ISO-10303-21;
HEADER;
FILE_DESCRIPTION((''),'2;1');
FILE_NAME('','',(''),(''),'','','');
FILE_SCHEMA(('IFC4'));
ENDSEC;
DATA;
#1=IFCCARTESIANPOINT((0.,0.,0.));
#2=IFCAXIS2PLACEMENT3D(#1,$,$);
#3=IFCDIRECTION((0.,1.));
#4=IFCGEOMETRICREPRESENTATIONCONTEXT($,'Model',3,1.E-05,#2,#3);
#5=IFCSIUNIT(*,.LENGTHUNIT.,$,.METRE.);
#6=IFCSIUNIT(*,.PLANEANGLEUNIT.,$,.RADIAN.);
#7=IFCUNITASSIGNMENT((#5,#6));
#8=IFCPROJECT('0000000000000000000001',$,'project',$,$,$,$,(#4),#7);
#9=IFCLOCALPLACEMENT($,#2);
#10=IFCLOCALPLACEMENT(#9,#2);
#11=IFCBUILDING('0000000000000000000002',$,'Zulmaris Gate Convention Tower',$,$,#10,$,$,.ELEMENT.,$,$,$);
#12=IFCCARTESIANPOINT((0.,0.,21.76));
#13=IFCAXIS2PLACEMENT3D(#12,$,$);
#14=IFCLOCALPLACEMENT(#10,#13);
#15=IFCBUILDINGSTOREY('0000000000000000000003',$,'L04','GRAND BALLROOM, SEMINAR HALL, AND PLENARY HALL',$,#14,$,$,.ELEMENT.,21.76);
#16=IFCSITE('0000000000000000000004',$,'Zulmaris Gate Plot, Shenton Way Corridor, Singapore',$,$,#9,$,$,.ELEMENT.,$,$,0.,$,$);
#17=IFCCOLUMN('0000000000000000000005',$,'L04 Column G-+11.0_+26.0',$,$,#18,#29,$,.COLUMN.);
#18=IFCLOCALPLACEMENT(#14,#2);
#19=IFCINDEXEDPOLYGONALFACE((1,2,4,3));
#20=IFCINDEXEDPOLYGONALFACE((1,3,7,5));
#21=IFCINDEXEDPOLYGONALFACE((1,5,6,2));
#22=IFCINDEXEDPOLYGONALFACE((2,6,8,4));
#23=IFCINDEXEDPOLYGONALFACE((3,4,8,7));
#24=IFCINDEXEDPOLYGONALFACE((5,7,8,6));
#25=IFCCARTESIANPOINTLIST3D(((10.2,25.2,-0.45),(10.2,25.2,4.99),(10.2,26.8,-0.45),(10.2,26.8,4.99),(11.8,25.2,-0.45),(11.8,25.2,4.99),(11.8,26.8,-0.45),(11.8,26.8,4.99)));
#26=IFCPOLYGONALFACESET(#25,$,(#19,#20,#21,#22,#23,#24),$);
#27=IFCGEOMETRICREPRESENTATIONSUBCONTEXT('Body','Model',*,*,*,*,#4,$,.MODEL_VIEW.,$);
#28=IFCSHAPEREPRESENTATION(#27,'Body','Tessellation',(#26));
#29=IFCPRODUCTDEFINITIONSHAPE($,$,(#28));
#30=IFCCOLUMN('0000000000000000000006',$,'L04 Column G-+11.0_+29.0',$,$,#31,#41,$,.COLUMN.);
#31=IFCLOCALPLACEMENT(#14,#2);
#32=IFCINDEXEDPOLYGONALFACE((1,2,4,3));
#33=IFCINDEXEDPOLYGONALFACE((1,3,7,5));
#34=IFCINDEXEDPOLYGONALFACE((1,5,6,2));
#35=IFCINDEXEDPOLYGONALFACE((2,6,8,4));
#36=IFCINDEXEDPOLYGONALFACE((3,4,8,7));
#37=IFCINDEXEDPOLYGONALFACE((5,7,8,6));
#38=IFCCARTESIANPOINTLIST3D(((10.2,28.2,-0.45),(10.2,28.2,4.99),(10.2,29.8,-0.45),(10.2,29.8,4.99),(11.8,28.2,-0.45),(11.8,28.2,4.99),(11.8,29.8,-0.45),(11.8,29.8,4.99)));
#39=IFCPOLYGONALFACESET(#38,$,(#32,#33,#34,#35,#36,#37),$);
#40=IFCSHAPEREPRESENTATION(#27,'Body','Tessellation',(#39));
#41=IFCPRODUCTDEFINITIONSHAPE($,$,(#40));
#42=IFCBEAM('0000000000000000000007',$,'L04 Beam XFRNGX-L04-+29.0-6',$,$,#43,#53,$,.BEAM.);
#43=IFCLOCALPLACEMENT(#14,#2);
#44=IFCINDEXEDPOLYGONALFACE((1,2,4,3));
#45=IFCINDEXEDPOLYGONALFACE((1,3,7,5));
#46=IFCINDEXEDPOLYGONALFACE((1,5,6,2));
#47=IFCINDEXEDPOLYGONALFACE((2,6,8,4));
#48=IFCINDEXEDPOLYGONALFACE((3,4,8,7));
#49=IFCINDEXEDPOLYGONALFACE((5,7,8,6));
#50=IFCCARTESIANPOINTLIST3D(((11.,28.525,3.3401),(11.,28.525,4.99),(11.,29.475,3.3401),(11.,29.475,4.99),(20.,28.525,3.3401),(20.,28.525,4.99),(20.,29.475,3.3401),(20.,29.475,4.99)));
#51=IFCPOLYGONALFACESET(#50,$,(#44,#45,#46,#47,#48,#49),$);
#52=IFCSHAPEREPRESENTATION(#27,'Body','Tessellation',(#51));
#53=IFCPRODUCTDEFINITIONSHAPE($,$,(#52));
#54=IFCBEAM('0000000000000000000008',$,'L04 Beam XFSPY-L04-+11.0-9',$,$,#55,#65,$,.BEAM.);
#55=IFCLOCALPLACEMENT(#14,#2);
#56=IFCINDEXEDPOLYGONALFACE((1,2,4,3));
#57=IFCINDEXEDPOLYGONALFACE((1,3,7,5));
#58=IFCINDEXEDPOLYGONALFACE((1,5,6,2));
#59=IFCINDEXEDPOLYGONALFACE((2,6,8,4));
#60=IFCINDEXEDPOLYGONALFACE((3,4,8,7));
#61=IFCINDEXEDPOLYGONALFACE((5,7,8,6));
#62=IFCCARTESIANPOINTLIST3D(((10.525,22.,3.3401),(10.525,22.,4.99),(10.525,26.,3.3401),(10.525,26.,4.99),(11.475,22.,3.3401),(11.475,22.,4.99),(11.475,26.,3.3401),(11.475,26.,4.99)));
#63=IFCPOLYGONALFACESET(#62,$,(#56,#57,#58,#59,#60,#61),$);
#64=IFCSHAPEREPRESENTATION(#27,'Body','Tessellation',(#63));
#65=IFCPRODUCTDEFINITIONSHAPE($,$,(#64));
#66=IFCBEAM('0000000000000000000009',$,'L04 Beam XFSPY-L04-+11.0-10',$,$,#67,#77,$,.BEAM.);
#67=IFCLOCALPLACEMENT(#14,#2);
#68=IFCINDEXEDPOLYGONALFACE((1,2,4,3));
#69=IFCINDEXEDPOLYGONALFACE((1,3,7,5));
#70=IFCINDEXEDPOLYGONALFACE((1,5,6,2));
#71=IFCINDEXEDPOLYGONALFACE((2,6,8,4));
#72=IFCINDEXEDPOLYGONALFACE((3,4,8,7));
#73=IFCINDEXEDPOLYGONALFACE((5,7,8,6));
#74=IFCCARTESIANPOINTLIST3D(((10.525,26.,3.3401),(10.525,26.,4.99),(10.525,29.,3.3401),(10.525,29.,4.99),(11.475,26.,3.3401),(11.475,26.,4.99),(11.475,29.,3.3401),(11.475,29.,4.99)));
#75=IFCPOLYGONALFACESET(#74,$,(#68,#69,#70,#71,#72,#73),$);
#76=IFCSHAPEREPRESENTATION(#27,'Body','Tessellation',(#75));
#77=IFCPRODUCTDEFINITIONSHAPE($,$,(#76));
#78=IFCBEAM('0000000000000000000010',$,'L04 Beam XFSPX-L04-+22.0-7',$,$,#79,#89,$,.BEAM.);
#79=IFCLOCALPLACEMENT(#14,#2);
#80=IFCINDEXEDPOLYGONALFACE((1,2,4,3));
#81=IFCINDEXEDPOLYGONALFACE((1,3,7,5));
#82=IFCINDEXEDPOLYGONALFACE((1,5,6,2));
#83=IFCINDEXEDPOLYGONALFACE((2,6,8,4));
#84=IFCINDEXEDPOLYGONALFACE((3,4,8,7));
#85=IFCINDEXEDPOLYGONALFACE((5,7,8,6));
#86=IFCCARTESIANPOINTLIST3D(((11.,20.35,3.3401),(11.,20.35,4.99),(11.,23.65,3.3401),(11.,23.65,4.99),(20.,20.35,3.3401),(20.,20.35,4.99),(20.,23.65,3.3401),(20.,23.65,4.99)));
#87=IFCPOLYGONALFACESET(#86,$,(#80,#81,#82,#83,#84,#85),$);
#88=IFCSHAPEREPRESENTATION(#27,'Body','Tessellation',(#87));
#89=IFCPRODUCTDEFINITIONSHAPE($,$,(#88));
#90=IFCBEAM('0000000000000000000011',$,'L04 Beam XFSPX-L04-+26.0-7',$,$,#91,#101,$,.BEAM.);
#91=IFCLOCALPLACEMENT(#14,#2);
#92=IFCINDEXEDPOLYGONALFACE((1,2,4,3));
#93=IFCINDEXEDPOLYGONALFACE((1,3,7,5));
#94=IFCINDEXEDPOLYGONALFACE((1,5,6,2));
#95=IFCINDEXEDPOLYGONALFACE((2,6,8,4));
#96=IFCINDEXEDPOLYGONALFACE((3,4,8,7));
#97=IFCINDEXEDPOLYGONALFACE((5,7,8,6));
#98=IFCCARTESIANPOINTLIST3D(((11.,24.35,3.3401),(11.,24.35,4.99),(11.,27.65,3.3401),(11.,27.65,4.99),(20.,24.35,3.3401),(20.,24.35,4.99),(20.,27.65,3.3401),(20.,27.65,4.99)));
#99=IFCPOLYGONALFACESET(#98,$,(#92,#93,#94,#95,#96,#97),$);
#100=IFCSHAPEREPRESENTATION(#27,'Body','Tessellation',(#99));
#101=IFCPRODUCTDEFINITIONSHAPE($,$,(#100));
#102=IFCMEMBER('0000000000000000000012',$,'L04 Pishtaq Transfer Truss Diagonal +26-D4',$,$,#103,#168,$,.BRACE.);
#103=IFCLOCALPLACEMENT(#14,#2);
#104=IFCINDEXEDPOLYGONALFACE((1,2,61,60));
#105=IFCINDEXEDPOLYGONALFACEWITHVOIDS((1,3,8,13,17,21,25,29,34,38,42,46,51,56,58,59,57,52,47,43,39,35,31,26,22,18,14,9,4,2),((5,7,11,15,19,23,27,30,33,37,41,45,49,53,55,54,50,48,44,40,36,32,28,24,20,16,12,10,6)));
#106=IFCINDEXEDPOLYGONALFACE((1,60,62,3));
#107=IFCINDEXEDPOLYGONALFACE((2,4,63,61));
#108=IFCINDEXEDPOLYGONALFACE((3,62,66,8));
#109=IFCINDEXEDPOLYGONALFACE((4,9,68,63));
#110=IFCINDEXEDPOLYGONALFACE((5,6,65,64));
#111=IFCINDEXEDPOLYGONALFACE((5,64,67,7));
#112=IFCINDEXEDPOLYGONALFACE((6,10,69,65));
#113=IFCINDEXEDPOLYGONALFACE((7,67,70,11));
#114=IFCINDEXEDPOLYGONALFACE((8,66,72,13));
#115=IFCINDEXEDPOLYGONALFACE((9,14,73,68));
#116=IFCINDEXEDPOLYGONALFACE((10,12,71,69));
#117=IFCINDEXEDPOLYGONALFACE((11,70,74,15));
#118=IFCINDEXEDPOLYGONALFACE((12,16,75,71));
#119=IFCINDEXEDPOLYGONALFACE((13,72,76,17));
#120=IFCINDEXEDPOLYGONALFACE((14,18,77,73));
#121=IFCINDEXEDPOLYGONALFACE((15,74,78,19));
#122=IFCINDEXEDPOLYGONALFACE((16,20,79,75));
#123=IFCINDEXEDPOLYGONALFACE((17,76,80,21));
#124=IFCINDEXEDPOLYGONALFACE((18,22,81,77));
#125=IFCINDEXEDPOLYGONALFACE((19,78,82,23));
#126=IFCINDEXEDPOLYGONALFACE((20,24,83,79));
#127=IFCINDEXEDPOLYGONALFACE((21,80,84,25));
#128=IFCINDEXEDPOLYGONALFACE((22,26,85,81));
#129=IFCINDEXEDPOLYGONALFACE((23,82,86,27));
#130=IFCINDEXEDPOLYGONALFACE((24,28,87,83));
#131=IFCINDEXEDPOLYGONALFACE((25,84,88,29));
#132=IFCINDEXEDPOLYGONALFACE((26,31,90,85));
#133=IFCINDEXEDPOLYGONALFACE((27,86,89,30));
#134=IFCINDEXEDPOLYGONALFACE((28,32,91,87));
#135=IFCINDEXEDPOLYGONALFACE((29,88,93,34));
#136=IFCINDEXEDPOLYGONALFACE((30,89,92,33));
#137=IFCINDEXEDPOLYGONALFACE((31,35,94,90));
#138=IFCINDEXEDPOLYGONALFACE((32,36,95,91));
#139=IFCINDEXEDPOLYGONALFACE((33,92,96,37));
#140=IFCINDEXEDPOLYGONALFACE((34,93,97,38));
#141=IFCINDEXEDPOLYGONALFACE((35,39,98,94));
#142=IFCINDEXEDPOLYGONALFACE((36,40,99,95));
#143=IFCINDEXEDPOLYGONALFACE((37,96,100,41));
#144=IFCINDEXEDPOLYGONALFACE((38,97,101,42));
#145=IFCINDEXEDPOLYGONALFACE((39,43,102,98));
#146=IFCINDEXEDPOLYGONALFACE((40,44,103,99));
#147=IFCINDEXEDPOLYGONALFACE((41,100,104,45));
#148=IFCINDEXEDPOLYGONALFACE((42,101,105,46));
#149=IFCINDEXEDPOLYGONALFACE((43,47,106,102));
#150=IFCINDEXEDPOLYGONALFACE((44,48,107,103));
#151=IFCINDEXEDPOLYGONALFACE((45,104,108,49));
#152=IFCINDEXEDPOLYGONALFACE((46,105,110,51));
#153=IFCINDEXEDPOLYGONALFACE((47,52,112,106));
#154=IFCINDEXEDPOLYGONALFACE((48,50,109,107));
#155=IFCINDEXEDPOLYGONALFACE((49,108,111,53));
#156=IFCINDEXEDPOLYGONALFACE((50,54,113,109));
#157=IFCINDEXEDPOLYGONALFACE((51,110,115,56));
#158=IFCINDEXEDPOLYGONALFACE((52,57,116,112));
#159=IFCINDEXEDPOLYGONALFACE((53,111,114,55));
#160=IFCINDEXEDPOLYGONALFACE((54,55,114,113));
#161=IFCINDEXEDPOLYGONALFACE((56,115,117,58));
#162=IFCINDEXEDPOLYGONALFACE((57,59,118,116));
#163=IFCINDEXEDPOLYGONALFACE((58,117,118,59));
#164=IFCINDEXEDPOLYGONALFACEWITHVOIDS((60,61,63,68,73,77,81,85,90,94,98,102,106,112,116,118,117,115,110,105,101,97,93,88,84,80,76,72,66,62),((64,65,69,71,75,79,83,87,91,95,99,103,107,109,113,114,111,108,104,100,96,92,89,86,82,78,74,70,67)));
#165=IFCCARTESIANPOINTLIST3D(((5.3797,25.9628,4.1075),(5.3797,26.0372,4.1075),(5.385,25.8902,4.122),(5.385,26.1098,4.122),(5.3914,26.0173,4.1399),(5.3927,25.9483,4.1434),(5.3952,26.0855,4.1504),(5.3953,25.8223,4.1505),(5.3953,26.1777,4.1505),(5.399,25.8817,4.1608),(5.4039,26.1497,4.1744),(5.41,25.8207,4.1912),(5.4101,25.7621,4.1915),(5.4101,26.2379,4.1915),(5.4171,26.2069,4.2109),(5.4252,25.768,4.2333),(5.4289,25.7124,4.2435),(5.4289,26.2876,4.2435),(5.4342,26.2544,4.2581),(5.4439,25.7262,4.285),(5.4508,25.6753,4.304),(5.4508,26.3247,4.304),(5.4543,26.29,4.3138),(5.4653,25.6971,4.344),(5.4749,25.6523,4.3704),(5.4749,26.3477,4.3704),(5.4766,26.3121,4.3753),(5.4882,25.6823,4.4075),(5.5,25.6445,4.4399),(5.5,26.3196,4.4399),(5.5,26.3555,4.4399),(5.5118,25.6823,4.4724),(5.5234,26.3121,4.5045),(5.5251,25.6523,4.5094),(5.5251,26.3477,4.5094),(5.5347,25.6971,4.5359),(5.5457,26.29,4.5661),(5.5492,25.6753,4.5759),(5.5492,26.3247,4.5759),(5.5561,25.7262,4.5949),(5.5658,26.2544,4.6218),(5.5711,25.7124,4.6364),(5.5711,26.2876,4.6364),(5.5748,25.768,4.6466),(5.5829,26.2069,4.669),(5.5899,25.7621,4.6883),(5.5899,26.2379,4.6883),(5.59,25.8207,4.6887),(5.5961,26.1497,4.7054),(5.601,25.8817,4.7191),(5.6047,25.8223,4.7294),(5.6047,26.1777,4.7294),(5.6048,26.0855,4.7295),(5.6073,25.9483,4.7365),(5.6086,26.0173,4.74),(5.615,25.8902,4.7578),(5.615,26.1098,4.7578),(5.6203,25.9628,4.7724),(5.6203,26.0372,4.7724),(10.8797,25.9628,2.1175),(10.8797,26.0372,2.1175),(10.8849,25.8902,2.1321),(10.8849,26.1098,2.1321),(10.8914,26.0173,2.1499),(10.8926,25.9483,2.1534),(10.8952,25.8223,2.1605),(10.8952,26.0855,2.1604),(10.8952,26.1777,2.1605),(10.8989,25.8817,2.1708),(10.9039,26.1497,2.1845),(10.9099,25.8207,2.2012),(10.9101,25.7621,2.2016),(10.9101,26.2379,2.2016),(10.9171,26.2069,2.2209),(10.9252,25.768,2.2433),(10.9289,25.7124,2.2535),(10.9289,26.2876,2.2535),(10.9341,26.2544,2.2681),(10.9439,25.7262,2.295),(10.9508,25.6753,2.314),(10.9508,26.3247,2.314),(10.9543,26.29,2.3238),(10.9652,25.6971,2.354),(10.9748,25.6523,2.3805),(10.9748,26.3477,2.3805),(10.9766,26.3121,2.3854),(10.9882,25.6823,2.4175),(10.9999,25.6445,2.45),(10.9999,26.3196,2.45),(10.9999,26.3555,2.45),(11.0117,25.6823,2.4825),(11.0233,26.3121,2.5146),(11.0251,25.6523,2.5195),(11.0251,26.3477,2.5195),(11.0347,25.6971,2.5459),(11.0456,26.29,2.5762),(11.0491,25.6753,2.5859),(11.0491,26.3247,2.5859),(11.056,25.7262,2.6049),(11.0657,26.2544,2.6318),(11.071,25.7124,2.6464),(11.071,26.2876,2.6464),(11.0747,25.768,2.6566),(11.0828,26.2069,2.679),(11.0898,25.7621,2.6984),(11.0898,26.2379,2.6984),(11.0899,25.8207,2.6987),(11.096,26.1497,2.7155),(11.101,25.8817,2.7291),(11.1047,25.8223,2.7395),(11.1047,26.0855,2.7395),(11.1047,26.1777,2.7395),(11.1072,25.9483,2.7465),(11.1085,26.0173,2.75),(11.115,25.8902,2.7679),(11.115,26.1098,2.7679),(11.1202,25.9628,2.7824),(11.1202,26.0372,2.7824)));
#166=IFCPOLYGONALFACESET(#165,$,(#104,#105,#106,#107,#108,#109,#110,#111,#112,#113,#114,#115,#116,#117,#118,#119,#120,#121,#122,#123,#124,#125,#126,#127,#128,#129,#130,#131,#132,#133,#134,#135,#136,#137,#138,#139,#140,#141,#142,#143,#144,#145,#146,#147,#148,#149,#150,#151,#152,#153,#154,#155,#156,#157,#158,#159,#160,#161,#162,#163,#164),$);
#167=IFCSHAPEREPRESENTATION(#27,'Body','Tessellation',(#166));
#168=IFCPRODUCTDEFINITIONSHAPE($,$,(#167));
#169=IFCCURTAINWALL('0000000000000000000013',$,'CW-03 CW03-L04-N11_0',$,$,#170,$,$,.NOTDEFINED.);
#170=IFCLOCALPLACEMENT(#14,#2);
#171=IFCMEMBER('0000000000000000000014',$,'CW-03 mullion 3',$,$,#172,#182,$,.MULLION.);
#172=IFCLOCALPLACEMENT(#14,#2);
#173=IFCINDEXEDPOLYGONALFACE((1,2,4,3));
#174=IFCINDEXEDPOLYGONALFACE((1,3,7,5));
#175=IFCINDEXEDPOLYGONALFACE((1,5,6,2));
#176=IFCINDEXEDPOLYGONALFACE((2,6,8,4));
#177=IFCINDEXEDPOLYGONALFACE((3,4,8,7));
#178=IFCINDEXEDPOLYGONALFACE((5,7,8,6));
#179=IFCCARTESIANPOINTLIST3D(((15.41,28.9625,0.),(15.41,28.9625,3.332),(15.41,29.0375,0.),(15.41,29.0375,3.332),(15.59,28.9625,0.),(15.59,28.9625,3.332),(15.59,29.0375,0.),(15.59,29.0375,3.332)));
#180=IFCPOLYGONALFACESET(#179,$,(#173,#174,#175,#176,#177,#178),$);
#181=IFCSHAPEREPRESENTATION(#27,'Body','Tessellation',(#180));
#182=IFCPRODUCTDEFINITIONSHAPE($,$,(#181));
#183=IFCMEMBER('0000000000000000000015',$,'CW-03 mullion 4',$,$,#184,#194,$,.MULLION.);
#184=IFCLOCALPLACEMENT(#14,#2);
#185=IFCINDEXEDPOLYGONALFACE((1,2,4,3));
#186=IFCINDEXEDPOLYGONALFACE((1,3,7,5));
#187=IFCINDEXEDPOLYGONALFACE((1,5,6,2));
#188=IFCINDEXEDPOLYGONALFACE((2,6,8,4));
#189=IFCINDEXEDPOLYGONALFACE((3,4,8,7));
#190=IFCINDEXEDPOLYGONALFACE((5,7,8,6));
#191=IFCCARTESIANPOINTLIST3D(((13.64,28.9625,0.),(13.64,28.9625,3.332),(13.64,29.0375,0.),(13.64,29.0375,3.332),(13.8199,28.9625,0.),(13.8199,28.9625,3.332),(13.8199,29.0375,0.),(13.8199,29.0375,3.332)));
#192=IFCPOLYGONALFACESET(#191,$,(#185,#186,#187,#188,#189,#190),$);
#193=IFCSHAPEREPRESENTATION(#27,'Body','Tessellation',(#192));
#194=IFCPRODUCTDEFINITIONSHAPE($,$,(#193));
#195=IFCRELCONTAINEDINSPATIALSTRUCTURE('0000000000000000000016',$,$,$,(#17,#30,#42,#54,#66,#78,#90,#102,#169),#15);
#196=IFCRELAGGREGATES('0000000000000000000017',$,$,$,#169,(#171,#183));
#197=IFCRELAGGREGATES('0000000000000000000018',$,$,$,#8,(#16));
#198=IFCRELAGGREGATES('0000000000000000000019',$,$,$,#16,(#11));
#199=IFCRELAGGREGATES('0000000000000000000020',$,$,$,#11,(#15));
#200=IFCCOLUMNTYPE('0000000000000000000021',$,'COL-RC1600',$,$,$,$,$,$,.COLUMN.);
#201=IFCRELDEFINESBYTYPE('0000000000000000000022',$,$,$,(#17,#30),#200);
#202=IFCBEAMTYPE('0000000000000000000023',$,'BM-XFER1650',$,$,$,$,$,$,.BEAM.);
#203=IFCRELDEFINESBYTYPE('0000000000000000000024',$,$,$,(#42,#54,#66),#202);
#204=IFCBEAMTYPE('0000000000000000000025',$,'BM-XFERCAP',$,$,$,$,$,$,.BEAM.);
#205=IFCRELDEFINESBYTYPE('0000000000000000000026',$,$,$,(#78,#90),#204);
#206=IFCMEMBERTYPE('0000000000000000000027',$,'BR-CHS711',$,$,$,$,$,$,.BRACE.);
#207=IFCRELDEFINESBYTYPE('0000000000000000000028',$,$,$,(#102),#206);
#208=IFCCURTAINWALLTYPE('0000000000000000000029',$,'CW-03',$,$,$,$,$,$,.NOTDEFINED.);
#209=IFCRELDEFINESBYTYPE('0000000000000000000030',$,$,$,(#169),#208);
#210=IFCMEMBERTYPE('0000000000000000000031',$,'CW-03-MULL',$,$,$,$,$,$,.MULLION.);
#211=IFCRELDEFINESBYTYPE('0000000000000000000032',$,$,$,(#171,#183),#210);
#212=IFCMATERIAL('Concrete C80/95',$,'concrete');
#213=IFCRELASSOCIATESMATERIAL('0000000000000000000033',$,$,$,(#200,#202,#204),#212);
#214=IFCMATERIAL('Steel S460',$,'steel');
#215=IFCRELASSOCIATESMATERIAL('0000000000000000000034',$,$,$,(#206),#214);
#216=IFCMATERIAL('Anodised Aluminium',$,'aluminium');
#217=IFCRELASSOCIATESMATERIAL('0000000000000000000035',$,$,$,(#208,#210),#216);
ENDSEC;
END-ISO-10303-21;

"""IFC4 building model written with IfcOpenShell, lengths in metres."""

from ifc_helpers import new_model, si_unit, direction, frame, origin, origin_2d, place, context, subcontext, project, spatial, rectangle, hollow_circle, extrude, material, material_profile, profile_set, type_object, element, aggregate, save


model = new_model("IFC4")

# Units and contexts
model_context = context("Model", 3, precision=1e-05, world=origin(), true_north=direction((0.0, 1.0)))
body_context = subcontext(model_context, "Body", "Model", "MODEL_VIEW")
ifc_project = project(units=[si_unit("LENGTHUNIT", "METRE"), si_unit("PLANEANGLEUNIT", "RADIAN")], contexts=[model_context])

# Site, building, storey
site_placement = place(None, origin())
site = spatial("IfcSite", under=ifc_project, at=site_placement, Name="Zulmaris Gate Plot, Shenton Way Corridor, Singapore", CompositionType="ELEMENT", RefElevation=0.0)
building_placement = place(site_placement, origin())
building = spatial("IfcBuilding", under=site, at=building_placement, Name="Zulmaris Gate Convention Tower", CompositionType="ELEMENT")
storey_placement = place(building_placement, frame((0.0, 0.0, 21.76)))
storey = spatial("IfcBuildingStorey", under=building, at=storey_placement, Name="L04", Description="GRAND BALLROOM, SEMINAR HALL, AND PLENARY HALL", CompositionType="ELEMENT", Elevation=21.76)

# Columns
ifc_material_1 = material(Name="Concrete C80/95", Category="concrete")
ifc_material_profile_1 = material_profile(ifc_material_1, rectangle(XDim=1.6001, YDim=1.6001, at=origin_2d()), Name="RC COL 1600x1600")
ifc_profile_set_1 = profile_set([ifc_material_profile_1], Name="Concrete C80/95")
column_type = type_object("IfcColumnType", Name="COL-RC1600", PredefinedType="COLUMN", material=ifc_profile_set_1)
for number, where, z_axis, x_axis, name in (
    (1, (11.0, 26.0, -0.45), (0.0, 0.0, 1.0), (1.0, 0.0, 0.0), "L04 Column G-+11.0_+26.0"),
    (2, (11.0, 29.0, -0.45), (0.0, 0.0, 1.0), (1.0, 0.0, 0.0), "L04 Column G-+11.0_+29.0"),
):
    element("IfcColumn", number, at=place(storey_placement, frame(where, z_axis=z_axis, x_axis=x_axis)), inside=storey, type_object=column_type, Name=name, PredefinedType="COLUMN", context=body_context, shape_type="SweptSolid", body=[
        extrude(rectangle(XDim=1.6001, YDim=1.6001, at=origin_2d()), origin(), (0.0, 0.0, 1.0), 5.4399),
    ])

# Beams
ifc_material_profile_2 = material_profile(ifc_material_1, rectangle(XDim=0.95, YDim=1.6499, at=origin_2d()), Name="RC TRANSFER 950x1650")
ifc_profile_set_2 = profile_set([ifc_material_profile_2], Name="Concrete C80/95")
beam_type_1 = type_object("IfcBeamType", Name="BM-XFER1650", PredefinedType="BEAM", material=ifc_profile_set_2)
beam_1_placement = place(storey_placement, frame((11.0, 29.0, 4.165), z_axis=(1.0, 0.0, 0.0), x_axis=(0.0, 1.0, 0.0)))
element("IfcBeam", 3, at=beam_1_placement, inside=storey, type_object=beam_type_1, Name="L04 Beam XFRNGX-L04-+29.0-6", PredefinedType="BEAM", context=body_context, shape_type="SweptSolid", body=[
    extrude(rectangle(XDim=0.95, YDim=1.6499, at=origin_2d()), origin(), (0.0, 0.0, 1.0), 9.0),
])
beam_2_placement = place(storey_placement, frame((11.0, 22.0, 4.165), z_axis=(0.0, 1.0, 0.0), x_axis=(-1.0, 0.0, 0.0)))
element("IfcBeam", 4, at=beam_2_placement, inside=storey, type_object=beam_type_1, Name="L04 Beam XFSPY-L04-+11.0-9", PredefinedType="BEAM", context=body_context, shape_type="SweptSolid", body=[
    extrude(rectangle(XDim=0.95, YDim=1.6499, at=origin_2d()), origin(), (0.0, 0.0, 1.0), 4.0),
])
beam_3_placement = place(storey_placement, frame((11.0, 26.0, 4.165), z_axis=(0.0, 1.0, 0.0), x_axis=(-1.0, 0.0, 0.0)))
element("IfcBeam", 5, at=beam_3_placement, inside=storey, type_object=beam_type_1, Name="L04 Beam XFSPY-L04-+11.0-10", PredefinedType="BEAM", context=body_context, shape_type="SweptSolid", body=[
    extrude(rectangle(XDim=0.95, YDim=1.6499, at=origin_2d()), origin(), (0.0, 0.0, 1.0), 3.0),
])
ifc_material_profile_3 = material_profile(ifc_material_1, rectangle(XDim=3.3, YDim=1.6499, at=origin_2d()), Name="RC TRANSFER 3300x1650")
ifc_profile_set_3 = profile_set([ifc_material_profile_3], Name="Concrete C80/95")
beam_type_2 = type_object("IfcBeamType", Name="BM-XFERCAP", PredefinedType="BEAM", material=ifc_profile_set_3)
for number, where, z_axis, x_axis, name in (
    (6, (11.0, 22.0, 4.165), (1.0, 0.0, 0.0), (0.0, 1.0, 0.0), "L04 Beam XFSPX-L04-+22.0-7"),
    (7, (11.0, 26.0, 4.165), (1.0, 0.0, 0.0), (0.0, 1.0, 0.0), "L04 Beam XFSPX-L04-+26.0-7"),
):
    element("IfcBeam", number, at=place(storey_placement, frame(where, z_axis=z_axis, x_axis=x_axis)), inside=storey, type_object=beam_type_2, Name=name, PredefinedType="BEAM", context=body_context, shape_type="SweptSolid", body=[
        extrude(rectangle(XDim=3.3, YDim=1.6499, at=origin_2d()), origin(), (0.0, 0.0, 1.0), 9.0),
    ])

# Member
ifc_material_2 = material(Name="Steel S460", Category="steel")
ifc_material_profile_4 = material_profile(ifc_material_2, hollow_circle(Radius=0.3555, WallThickness=0.0359, at=origin_2d()), Name="CHS 711x36")
ifc_profile_set_4 = profile_set([ifc_material_profile_4], Name="Steel S460")
member_type_1 = type_object("IfcMemberType", Name="BR-CHS711", PredefinedType="BRACE", material=ifc_profile_set_4)
member_1_placement = place(storey_placement, frame((5.5, 26.0, 4.4399), z_axis=(0.940342, 0.0, -0.340231), x_axis=(0.0, 1.0, 0.0)))
element("IfcMember", 8, at=member_1_placement, inside=storey, type_object=member_type_1, Name="L04 Pishtaq Transfer Truss Diagonal +26-D4", PredefinedType="BRACE", context=body_context, shape_type="SweptSolid", body=[
    extrude(hollow_circle(Radius=0.3555, WallThickness=0.0359, at=origin_2d()), origin(), (0.0, 0.0, 1.0), 5.8489),
])

# Curtain wall, members
ifc_material_3 = material(Name="Anodised Aluminium", Category="aluminium")
curtain_wall_type = type_object("IfcCurtainWallType", Name="CW-03", PredefinedType="NOTDEFINED", material=ifc_material_3)
curtain_wall_placement = place(storey_placement, origin())
curtain_wall = element("IfcCurtainWall", 9, at=curtain_wall_placement, inside=storey, type_object=curtain_wall_type, Name="CW-03 CW03-L04-N11_0", PredefinedType="NOTDEFINED")
ifc_material_profile_5 = material_profile(ifc_material_3, rectangle(XDim=0.075, YDim=0.1799, at=origin_2d()), Name="ALU MULLION 75x180")
ifc_profile_set_5 = profile_set([ifc_material_profile_5], Name="Anodised Aluminium")
member_type_2 = type_object("IfcMemberType", Name="CW-03-MULL", PredefinedType="MULLION", material=ifc_profile_set_5)
member_2_placement = place(storey_placement, frame((15.5, 29.0, 0.0), z_axis=(0.0, 0.0, 1.0), x_axis=(0.0, -1.0, 0.0)))
member_2 = element("IfcMember", 10, at=member_2_placement, type_object=member_type_2, Name="CW-03 mullion 3", PredefinedType="MULLION", context=body_context, shape_type="SweptSolid", body=[
    extrude(rectangle(XDim=0.075, YDim=0.1799, at=origin_2d()), origin(), (0.0, 0.0, 1.0), 3.332),
])
member_3_placement = place(storey_placement, frame((13.73, 29.0, 0.0), z_axis=(0.0, 0.0, 1.0), x_axis=(0.0, -1.0, 0.0)))
member_3 = element("IfcMember", 11, at=member_3_placement, type_object=member_type_2, Name="CW-03 mullion 4", PredefinedType="MULLION", context=body_context, shape_type="SweptSolid", body=[
    extrude(rectangle(XDim=0.075, YDim=0.1799, at=origin_2d()), origin(), (0.0, 0.0, 1.0), 3.332),
])
aggregate(curtain_wall, [member_2, member_3])

save(model, "model.ifc")
